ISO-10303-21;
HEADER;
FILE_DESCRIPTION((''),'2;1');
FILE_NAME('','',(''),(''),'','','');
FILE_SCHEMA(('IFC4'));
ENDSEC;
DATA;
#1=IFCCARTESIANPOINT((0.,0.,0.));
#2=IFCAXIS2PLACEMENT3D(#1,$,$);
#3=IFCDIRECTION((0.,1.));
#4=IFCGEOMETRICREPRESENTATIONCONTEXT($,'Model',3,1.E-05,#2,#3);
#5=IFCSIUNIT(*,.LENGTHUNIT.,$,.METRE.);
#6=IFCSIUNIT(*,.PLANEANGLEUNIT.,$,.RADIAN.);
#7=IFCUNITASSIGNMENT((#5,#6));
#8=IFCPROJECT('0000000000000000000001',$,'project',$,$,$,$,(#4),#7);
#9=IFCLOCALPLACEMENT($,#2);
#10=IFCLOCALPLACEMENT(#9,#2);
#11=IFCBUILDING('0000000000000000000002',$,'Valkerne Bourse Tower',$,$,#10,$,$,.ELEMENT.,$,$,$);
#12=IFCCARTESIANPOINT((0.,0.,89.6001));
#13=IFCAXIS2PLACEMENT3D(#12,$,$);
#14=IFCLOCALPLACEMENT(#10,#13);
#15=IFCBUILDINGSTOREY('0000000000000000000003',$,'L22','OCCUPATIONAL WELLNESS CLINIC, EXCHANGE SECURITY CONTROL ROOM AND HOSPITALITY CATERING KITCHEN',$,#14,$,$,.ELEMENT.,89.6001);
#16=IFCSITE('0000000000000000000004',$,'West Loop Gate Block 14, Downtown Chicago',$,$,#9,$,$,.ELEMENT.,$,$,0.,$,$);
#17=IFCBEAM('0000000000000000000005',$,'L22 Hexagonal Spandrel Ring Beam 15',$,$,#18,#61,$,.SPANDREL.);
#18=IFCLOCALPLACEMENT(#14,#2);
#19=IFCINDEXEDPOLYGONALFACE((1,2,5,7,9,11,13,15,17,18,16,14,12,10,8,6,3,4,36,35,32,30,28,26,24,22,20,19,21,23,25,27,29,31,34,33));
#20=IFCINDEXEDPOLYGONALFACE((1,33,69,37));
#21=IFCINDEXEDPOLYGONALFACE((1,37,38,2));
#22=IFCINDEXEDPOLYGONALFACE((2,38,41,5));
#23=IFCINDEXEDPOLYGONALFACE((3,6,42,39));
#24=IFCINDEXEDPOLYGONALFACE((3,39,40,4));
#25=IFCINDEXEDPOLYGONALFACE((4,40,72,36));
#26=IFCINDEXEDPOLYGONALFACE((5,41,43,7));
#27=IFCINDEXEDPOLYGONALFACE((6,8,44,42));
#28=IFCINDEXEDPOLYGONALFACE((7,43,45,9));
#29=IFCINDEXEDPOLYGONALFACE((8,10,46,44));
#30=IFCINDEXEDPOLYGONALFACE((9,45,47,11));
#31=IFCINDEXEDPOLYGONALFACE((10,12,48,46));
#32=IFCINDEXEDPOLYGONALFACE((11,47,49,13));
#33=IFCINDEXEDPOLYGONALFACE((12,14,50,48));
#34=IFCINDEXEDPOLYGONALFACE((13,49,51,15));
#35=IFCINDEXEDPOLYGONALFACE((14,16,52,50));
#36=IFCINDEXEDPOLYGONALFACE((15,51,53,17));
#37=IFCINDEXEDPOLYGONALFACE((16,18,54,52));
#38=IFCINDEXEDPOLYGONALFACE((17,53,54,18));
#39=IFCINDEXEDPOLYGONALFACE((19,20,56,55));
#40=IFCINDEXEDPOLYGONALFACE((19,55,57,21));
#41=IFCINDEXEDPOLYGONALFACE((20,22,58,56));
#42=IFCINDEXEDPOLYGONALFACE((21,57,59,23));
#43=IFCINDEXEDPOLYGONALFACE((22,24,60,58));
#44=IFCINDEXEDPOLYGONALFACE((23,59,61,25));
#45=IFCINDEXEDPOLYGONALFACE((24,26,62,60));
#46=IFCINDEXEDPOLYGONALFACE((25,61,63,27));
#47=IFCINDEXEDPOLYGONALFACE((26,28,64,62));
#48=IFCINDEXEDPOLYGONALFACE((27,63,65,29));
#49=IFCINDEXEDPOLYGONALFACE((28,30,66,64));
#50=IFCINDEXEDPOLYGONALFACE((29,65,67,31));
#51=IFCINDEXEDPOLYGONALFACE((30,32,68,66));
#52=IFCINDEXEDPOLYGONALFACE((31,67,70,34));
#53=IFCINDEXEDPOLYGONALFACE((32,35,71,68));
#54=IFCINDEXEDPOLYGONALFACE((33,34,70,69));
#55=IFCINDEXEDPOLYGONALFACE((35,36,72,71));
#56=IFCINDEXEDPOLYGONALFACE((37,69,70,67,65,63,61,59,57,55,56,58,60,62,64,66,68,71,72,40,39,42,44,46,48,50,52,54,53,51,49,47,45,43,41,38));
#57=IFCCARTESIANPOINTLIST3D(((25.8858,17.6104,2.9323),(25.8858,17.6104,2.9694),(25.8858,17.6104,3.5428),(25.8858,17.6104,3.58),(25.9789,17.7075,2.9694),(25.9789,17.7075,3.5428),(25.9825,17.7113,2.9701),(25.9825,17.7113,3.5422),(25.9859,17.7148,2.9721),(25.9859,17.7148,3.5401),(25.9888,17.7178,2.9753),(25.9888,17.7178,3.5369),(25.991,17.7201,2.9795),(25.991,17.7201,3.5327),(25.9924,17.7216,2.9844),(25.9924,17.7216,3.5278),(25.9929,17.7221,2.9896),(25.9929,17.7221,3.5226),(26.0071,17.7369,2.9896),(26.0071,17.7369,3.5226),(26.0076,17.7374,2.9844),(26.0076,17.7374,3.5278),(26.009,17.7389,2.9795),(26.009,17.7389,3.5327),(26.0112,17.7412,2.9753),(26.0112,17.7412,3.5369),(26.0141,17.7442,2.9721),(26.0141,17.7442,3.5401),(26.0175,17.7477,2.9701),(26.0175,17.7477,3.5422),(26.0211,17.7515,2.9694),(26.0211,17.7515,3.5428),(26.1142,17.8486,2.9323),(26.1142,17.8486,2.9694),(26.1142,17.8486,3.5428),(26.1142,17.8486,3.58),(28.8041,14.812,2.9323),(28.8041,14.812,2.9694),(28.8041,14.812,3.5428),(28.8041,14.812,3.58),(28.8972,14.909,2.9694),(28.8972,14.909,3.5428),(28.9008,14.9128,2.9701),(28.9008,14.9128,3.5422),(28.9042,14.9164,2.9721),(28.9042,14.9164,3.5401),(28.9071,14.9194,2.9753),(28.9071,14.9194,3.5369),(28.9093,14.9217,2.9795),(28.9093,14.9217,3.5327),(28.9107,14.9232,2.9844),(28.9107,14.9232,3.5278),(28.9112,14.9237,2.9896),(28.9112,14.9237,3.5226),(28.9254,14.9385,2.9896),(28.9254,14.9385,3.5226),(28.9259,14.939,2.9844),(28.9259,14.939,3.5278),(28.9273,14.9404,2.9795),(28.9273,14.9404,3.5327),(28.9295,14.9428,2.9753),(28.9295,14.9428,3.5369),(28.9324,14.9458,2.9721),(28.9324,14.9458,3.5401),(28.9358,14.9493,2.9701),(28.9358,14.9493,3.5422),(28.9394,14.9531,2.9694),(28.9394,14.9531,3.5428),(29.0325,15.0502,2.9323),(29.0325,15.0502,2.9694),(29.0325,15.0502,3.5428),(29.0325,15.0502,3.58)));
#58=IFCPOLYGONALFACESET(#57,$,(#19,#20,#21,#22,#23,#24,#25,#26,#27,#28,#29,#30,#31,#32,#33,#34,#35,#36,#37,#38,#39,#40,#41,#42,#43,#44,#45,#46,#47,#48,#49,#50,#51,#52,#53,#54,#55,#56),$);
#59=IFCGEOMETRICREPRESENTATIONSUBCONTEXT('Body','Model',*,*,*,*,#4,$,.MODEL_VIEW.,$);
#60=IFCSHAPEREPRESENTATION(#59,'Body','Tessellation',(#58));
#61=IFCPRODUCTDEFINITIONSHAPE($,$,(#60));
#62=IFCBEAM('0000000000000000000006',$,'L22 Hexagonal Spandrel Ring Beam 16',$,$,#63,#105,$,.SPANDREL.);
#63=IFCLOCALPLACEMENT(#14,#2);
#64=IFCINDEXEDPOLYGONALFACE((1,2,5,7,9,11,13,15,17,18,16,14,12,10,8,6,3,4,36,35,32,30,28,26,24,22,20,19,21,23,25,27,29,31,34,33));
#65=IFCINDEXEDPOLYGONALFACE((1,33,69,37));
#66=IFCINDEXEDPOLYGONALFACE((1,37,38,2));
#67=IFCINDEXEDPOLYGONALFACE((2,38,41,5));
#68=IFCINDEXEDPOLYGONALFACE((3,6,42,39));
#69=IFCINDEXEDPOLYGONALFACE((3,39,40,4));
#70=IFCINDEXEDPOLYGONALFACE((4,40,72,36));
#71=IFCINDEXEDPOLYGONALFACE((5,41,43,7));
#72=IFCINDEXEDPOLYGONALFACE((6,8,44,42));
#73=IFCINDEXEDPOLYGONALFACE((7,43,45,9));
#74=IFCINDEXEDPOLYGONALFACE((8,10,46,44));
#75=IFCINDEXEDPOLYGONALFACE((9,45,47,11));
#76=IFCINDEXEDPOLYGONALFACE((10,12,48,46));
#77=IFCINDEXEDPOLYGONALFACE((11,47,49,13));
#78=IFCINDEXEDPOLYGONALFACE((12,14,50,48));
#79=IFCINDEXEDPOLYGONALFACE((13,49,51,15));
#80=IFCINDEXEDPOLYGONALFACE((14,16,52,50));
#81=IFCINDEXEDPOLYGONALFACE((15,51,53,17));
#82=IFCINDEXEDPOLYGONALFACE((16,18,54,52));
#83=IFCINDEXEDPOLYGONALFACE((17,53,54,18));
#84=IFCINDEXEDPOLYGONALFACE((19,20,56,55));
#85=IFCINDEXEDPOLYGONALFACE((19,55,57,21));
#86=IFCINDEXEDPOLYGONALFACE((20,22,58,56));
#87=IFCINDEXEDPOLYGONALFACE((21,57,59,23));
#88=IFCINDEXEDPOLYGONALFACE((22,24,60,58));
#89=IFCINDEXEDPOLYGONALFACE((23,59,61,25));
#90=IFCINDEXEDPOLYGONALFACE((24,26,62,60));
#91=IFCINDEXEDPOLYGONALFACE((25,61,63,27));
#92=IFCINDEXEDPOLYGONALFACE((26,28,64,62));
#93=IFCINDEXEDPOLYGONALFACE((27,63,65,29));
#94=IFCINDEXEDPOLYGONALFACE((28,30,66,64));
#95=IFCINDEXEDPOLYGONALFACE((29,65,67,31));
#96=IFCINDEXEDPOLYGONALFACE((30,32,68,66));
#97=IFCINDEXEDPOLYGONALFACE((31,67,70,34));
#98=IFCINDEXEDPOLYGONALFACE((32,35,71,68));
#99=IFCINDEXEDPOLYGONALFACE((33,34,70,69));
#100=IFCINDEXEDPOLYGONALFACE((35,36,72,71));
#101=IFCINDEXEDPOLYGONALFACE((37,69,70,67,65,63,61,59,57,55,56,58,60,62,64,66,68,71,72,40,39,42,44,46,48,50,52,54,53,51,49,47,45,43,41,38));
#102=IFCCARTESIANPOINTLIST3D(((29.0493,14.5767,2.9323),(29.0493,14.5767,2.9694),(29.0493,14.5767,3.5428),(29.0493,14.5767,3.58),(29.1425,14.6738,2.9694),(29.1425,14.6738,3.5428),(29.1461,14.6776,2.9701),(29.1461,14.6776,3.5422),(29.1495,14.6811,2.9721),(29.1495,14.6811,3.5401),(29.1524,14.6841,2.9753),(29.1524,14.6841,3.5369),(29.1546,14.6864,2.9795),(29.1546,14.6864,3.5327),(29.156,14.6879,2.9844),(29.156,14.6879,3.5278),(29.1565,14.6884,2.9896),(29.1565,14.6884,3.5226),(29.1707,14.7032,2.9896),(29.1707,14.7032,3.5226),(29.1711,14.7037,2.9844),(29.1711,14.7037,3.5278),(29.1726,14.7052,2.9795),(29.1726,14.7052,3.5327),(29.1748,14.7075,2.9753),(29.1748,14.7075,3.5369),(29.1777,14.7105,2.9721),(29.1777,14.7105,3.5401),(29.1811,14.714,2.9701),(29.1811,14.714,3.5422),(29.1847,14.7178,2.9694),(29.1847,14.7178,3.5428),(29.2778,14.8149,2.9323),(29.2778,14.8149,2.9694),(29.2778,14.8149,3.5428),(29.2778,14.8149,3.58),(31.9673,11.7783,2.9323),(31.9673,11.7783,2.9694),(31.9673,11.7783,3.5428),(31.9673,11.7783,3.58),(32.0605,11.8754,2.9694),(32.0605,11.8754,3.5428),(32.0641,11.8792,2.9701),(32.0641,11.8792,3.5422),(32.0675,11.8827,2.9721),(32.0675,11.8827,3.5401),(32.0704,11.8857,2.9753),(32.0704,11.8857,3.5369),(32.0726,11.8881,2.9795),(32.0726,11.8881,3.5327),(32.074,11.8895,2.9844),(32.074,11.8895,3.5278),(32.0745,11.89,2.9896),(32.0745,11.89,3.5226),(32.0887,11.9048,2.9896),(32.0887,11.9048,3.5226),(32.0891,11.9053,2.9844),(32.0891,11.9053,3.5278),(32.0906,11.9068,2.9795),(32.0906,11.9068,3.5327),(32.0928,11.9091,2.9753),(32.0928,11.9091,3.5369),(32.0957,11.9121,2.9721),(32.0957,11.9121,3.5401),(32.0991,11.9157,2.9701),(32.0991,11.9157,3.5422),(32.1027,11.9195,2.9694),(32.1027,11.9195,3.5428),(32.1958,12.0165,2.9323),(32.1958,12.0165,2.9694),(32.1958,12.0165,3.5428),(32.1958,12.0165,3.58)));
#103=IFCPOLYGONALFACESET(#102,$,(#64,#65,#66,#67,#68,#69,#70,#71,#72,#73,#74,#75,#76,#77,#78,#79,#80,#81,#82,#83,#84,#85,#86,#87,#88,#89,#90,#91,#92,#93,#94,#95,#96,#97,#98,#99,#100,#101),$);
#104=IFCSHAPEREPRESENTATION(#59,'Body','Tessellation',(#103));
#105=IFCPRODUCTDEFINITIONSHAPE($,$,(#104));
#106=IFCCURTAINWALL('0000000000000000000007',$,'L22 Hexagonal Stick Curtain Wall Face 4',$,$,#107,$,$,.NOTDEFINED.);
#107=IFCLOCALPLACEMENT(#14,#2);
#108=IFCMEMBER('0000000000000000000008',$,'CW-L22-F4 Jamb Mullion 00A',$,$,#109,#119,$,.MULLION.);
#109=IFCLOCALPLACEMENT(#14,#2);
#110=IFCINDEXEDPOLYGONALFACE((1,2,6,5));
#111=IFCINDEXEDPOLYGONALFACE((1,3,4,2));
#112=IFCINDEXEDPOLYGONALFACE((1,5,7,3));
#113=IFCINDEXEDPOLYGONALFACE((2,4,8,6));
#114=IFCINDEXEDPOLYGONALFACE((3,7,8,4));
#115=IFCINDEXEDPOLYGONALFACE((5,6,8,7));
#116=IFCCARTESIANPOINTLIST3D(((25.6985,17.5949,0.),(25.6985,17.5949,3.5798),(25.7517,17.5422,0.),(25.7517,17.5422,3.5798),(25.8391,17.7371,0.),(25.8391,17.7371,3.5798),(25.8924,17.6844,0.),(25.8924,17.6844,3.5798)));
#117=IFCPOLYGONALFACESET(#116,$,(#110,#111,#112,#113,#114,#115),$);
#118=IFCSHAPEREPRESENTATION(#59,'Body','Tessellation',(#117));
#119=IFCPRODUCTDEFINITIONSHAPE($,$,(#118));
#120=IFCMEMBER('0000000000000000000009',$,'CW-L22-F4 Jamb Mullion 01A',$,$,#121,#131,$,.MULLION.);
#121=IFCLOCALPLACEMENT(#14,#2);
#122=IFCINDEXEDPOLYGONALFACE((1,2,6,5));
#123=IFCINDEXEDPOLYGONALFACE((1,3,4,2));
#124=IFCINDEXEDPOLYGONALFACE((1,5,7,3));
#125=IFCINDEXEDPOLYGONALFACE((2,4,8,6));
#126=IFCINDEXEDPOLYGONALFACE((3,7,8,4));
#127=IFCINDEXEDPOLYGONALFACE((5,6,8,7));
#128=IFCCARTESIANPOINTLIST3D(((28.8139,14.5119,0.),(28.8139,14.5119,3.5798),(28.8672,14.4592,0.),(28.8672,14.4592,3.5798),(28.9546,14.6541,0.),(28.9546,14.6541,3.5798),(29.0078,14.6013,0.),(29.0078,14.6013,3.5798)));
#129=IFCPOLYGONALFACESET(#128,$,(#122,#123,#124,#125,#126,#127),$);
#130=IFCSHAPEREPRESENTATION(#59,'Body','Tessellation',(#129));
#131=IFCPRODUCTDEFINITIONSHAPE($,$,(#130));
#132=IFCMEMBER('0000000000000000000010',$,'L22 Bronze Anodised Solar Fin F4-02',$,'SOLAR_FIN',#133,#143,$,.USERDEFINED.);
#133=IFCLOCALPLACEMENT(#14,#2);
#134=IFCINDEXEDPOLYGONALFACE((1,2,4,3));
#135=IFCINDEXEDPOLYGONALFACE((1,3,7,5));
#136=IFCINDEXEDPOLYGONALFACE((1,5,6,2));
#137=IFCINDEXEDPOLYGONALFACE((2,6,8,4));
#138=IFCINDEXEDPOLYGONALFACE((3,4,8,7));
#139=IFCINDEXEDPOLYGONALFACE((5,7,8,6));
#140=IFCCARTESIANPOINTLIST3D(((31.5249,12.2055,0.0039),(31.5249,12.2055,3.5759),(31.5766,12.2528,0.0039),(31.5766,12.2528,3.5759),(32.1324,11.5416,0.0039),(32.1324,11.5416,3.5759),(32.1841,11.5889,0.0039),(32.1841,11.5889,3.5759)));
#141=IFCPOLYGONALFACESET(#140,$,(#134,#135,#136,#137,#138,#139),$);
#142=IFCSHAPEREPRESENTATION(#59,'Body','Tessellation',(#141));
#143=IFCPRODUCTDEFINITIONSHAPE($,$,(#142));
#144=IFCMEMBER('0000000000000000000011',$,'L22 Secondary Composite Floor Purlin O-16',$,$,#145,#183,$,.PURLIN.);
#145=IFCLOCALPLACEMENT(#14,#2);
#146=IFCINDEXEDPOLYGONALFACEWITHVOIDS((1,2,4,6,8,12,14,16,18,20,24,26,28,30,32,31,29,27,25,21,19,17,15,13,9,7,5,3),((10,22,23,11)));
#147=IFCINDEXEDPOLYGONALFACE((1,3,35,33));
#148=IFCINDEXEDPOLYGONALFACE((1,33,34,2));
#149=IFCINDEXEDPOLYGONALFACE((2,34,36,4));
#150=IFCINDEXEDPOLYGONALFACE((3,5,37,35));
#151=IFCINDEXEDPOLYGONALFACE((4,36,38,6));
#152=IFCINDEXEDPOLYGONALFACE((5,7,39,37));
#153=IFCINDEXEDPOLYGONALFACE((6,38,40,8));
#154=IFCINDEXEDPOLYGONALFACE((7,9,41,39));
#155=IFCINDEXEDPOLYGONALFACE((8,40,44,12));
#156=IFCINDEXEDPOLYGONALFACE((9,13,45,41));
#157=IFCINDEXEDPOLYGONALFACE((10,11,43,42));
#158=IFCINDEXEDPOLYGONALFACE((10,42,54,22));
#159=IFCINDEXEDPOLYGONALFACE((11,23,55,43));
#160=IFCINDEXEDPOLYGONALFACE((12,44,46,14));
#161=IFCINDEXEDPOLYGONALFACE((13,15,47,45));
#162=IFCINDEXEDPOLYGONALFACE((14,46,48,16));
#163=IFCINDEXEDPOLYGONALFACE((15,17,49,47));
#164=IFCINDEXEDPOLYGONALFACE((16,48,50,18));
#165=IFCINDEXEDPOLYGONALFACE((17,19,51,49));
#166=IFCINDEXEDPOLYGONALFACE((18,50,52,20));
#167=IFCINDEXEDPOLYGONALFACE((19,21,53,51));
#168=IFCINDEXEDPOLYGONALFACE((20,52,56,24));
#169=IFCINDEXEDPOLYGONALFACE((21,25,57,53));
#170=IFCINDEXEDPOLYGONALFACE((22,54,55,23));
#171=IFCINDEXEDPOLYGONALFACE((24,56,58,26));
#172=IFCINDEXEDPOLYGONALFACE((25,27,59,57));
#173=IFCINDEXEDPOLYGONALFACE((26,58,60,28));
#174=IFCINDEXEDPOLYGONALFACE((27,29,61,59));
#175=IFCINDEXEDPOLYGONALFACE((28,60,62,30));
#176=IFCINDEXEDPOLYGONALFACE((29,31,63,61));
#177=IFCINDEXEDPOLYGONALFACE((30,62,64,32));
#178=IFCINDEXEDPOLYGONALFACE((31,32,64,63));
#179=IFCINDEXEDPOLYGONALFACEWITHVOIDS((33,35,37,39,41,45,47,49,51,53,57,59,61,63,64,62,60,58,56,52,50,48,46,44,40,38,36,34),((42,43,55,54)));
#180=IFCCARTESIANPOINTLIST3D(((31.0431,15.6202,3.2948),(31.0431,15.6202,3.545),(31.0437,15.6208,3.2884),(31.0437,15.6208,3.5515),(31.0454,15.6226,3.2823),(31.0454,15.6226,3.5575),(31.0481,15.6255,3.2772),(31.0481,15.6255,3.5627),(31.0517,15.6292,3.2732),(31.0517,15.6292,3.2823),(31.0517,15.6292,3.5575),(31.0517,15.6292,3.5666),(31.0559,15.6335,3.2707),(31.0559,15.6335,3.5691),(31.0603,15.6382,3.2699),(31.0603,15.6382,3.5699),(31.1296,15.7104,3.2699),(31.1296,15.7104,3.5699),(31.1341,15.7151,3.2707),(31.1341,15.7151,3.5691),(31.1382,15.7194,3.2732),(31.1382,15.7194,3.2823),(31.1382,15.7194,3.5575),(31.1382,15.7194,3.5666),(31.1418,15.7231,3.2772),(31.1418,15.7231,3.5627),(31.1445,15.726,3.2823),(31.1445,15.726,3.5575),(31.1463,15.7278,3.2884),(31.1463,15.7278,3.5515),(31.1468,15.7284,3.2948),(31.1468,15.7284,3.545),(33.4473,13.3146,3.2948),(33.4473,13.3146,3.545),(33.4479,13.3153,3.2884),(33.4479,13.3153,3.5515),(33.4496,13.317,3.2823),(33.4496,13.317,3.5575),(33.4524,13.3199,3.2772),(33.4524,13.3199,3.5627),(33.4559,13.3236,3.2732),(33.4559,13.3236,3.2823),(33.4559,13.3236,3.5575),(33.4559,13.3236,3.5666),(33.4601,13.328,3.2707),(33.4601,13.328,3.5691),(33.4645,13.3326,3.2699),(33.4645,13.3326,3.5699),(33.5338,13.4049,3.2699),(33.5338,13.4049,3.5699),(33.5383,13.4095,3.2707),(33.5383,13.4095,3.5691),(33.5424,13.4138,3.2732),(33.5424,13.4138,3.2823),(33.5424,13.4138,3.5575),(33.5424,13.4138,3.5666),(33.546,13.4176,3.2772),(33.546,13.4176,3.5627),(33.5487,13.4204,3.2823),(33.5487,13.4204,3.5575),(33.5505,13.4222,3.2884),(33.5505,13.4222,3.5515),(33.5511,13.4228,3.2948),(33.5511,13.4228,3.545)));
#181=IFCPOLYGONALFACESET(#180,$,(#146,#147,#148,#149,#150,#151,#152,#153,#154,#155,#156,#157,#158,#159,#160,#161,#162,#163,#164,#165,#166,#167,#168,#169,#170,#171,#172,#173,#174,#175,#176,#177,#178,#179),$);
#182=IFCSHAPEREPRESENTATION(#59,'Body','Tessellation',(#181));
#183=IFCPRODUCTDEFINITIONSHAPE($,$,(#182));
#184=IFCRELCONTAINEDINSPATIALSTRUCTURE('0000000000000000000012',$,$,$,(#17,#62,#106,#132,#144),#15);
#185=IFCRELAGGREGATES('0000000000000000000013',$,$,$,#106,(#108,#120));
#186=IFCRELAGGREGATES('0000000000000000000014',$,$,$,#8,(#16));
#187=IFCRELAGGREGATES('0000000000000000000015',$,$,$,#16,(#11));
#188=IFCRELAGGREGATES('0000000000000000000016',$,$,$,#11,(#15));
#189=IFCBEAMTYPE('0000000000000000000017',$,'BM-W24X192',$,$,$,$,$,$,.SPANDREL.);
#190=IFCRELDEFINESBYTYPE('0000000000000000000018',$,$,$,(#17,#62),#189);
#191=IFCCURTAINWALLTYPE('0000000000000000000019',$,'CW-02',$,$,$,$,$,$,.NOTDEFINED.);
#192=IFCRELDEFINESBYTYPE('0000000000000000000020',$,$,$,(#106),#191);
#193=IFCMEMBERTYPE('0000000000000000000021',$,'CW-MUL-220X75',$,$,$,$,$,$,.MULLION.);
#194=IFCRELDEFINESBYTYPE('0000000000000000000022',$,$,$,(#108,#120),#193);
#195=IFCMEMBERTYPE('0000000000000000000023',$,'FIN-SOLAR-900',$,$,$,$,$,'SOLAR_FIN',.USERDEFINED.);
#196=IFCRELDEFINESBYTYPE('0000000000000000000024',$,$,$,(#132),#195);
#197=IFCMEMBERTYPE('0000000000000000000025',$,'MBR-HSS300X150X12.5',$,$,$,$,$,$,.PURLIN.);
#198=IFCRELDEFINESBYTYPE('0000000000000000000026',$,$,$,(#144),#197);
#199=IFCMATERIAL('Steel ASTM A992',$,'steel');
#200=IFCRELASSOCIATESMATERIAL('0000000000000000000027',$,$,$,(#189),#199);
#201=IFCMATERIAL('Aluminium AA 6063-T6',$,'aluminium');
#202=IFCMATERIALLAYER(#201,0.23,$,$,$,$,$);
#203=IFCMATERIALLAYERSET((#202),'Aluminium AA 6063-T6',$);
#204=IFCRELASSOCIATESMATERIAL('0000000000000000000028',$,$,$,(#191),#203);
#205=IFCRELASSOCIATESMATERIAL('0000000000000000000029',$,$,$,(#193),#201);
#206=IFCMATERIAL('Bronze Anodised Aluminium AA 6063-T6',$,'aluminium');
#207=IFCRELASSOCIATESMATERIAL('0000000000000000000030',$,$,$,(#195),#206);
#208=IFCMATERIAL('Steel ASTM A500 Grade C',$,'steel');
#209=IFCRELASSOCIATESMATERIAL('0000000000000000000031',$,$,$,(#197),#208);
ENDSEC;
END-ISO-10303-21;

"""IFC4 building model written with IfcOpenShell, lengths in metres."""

from ifc_helpers import new_model, si_unit, direction, frame, origin, origin_2d, place, context, subcontext, project, spatial, rectangle, hollow_rectangle, i_section, extrude, material, layer, layer_set, material_profile, profile_set, type_object, element, aggregate, save


model = new_model("IFC4")

# Units and contexts
model_context = context("Model", 3, precision=1e-05, world=origin(), true_north=direction((0.0, 1.0)))
body_context = subcontext(model_context, "Body", "Model", "MODEL_VIEW")
ifc_project = project(units=[si_unit("LENGTHUNIT", "METRE"), si_unit("PLANEANGLEUNIT", "RADIAN")], contexts=[model_context])

# Site, building, storey
site_placement = place(None, origin())
site = spatial("IfcSite", under=ifc_project, at=site_placement, Name="West Loop Gate Block 14, Downtown Chicago", CompositionType="ELEMENT", RefElevation=0.0)
building_placement = place(site_placement, origin())
building = spatial("IfcBuilding", under=site, at=building_placement, Name="Valkerne Bourse Tower", CompositionType="ELEMENT")
storey_placement = place(building_placement, frame((0.0, 0.0, 89.6001)))
storey = spatial("IfcBuildingStorey", under=building, at=storey_placement, Name="L22", Description="OCCUPATIONAL WELLNESS CLINIC, EXCHANGE SECURITY CONTROL ROOM AND HOSPITALITY CATERING KITCHEN", CompositionType="ELEMENT", Elevation=89.6001)

# Beams
ifc_material_1 = material(Name="Steel ASTM A992", Category="steel")
ifc_material_profile_1 = material_profile(ifc_material_1, i_section(OverallWidth=0.3301, OverallDepth=0.6477, WebThickness=0.0205, FlangeThickness=0.0371, FilletRadius=0.0203, at=origin_2d()), Name="W24X192")
ifc_profile_set_1 = profile_set([ifc_material_profile_1], Name="Steel ASTM A992")
beam_type_1 = type_object("IfcBeamType", Name="BM-W24X192", PredefinedType="SPANDREL", material=ifc_profile_set_1)
beam_1_placement = place(storey_placement, frame((26.0, 17.7295, 3.2561), z_axis=(0.721776, -0.692127, 0.0), x_axis=(0.692127, 0.721776, 0.0)))
element("IfcBeam", 1, at=beam_1_placement, inside=storey, type_object=beam_type_1, Name="L22 Hexagonal Spandrel Ring Beam 15", PredefinedType="SPANDREL", context=body_context, shape_type="SweptSolid", body=[
    extrude(i_section(OverallWidth=0.3301, OverallDepth=0.6477, WebThickness=0.0205, FlangeThickness=0.0371, FilletRadius=0.0203, at=origin_2d()), origin(), (0.0, 0.0, 1.0), 4.0432),
])
beam_2_placement = place(storey_placement, frame((29.1636, 14.6958, 3.2561), z_axis=(0.721747, -0.692157, 0.0), x_axis=(0.692157, 0.721747, 0.0)))
element("IfcBeam", 2, at=beam_2_placement, inside=storey, type_object=beam_type_1, Name="L22 Hexagonal Spandrel Ring Beam 16", PredefinedType="SPANDREL", context=body_context, shape_type="SweptSolid", body=[
    extrude(i_section(OverallWidth=0.3301, OverallDepth=0.6477, WebThickness=0.0205, FlangeThickness=0.0371, FilletRadius=0.0203, at=origin_2d()), origin(), (0.0, 0.0, 1.0), 4.043),
])

# Curtain wall, members
ifc_material_2 = material(Name="Aluminium AA 6063-T6", Category="aluminium")
ifc_layer_1 = layer(ifc_material_2, 0.23)
ifc_layer_set_1 = layer_set([ifc_layer_1], Name="Aluminium AA 6063-T6")
curtain_wall_type = type_object("IfcCurtainWallType", Name="CW-02", PredefinedType="NOTDEFINED", material=ifc_layer_set_1)
curtain_wall_placement = place(storey_placement, origin())
curtain_wall = element("IfcCurtainWall", 3, at=curtain_wall_placement, inside=storey, type_object=curtain_wall_type, Name="L22 Hexagonal Stick Curtain Wall Face 4", PredefinedType="NOTDEFINED")
ifc_material_profile_2 = material_profile(ifc_material_2, rectangle(XDim=0.075, YDim=0.2, at=origin_2d()), Name="CWM-75X200")
ifc_profile_set_2 = profile_set([ifc_material_profile_2], Name="Aluminium AA 6063-T6")
member_type_1 = type_object("IfcMemberType", Name="CW-MUL-220X75", PredefinedType="MULLION", material=ifc_profile_set_2)
member_1_placement = place(storey_placement, frame((25.7954, 17.6396, 0.0), z_axis=(0.0, 0.0, 1.0), x_axis=(0.710805, -0.70339, 0.0)))
member_1 = element("IfcMember", 4, at=member_1_placement, type_object=member_type_1, Name="CW-L22-F4 Jamb Mullion 00A", PredefinedType="MULLION", context=body_context, shape_type="SweptSolid", body=[
    extrude(rectangle(XDim=0.075, YDim=0.2, at=origin_2d()), origin(), (0.0, 0.0, 1.0), 3.5798),
])
member_2_placement = place(storey_placement, frame((28.9109, 14.5566, 0.0), z_axis=(0.0, 0.0, 1.0), x_axis=(0.710805, -0.703389, 0.0)))
member_2 = element("IfcMember", 5, at=member_2_placement, type_object=member_type_1, Name="CW-L22-F4 Jamb Mullion 01A", PredefinedType="MULLION", context=body_context, shape_type="SweptSolid", body=[
    extrude(rectangle(XDim=0.075, YDim=0.2, at=origin_2d()), origin(), (0.0, 0.0, 1.0), 3.5798),
])

# Members
ifc_material_3 = material(Name="Bronze Anodised Aluminium AA 6063-T6", Category="aluminium")
ifc_material_profile_3 = material_profile(ifc_material_3, rectangle(XDim=0.0701, YDim=0.8999, at=origin_2d()), Name="FIN-70X900")
ifc_profile_set_3 = profile_set([ifc_material_profile_3], Name="Bronze Anodised Aluminium AA 6063-T6")
member_type_2 = type_object("IfcMemberType", Name="FIN-SOLAR-900", ElementType="SOLAR_FIN", PredefinedType="USERDEFINED", material=ifc_profile_set_3)
member_3_placement = place(storey_placement, frame((31.8545, 11.8972, 0.0039), z_axis=(0.0, 0.0, 1.0), x_axis=(-0.737745, -0.67508, 0.0)))
element("IfcMember", 6, at=member_3_placement, inside=storey, type_object=member_type_2, Name="L22 Bronze Anodised Solar Fin F4-02", ObjectType="SOLAR_FIN", PredefinedType="USERDEFINED", context=body_context, shape_type="SweptSolid", body=[
    extrude(rectangle(XDim=0.0701, YDim=0.8999, at=origin_2d()), origin(), (0.0, 0.0, 1.0), 3.572),
])
ifc_material_4 = material(Name="Steel ASTM A500 Grade C", Category="steel")
ifc_material_profile_4 = material_profile(ifc_material_4, hollow_rectangle(XDim=0.1499, YDim=0.3, WallThickness=0.0125, OuterFilletRadius=0.0249, at=origin_2d()), Name="HSS300X150X12.5")
ifc_profile_set_4 = profile_set([ifc_material_profile_4], Name="Steel ASTM A500 Grade C")
member_type_3 = type_object("IfcMemberType", Name="MBR-HSS300X150X12.5", PredefinedType="PURLIN", material=ifc_profile_set_4)
member_4_placement = place(storey_placement, frame((31.095, 15.6743, 3.4199), z_axis=(0.721756, -0.692147, 0.0), x_axis=(0.692147, 0.721756, 0.0)))
element("IfcMember", 7, at=member_4_placement, inside=storey, type_object=member_type_3, Name="L22 Secondary Composite Floor Purlin O-16", PredefinedType="PURLIN", context=body_context, shape_type="SweptSolid", body=[
    extrude(hollow_rectangle(XDim=0.1499, YDim=0.3, WallThickness=0.0125, OuterFilletRadius=0.0249, at=origin_2d()), origin(), (0.0, 0.0, 1.0), 3.3311),
])

aggregate(curtain_wall, [member_1, member_2])

save(model, "model.ifc")
